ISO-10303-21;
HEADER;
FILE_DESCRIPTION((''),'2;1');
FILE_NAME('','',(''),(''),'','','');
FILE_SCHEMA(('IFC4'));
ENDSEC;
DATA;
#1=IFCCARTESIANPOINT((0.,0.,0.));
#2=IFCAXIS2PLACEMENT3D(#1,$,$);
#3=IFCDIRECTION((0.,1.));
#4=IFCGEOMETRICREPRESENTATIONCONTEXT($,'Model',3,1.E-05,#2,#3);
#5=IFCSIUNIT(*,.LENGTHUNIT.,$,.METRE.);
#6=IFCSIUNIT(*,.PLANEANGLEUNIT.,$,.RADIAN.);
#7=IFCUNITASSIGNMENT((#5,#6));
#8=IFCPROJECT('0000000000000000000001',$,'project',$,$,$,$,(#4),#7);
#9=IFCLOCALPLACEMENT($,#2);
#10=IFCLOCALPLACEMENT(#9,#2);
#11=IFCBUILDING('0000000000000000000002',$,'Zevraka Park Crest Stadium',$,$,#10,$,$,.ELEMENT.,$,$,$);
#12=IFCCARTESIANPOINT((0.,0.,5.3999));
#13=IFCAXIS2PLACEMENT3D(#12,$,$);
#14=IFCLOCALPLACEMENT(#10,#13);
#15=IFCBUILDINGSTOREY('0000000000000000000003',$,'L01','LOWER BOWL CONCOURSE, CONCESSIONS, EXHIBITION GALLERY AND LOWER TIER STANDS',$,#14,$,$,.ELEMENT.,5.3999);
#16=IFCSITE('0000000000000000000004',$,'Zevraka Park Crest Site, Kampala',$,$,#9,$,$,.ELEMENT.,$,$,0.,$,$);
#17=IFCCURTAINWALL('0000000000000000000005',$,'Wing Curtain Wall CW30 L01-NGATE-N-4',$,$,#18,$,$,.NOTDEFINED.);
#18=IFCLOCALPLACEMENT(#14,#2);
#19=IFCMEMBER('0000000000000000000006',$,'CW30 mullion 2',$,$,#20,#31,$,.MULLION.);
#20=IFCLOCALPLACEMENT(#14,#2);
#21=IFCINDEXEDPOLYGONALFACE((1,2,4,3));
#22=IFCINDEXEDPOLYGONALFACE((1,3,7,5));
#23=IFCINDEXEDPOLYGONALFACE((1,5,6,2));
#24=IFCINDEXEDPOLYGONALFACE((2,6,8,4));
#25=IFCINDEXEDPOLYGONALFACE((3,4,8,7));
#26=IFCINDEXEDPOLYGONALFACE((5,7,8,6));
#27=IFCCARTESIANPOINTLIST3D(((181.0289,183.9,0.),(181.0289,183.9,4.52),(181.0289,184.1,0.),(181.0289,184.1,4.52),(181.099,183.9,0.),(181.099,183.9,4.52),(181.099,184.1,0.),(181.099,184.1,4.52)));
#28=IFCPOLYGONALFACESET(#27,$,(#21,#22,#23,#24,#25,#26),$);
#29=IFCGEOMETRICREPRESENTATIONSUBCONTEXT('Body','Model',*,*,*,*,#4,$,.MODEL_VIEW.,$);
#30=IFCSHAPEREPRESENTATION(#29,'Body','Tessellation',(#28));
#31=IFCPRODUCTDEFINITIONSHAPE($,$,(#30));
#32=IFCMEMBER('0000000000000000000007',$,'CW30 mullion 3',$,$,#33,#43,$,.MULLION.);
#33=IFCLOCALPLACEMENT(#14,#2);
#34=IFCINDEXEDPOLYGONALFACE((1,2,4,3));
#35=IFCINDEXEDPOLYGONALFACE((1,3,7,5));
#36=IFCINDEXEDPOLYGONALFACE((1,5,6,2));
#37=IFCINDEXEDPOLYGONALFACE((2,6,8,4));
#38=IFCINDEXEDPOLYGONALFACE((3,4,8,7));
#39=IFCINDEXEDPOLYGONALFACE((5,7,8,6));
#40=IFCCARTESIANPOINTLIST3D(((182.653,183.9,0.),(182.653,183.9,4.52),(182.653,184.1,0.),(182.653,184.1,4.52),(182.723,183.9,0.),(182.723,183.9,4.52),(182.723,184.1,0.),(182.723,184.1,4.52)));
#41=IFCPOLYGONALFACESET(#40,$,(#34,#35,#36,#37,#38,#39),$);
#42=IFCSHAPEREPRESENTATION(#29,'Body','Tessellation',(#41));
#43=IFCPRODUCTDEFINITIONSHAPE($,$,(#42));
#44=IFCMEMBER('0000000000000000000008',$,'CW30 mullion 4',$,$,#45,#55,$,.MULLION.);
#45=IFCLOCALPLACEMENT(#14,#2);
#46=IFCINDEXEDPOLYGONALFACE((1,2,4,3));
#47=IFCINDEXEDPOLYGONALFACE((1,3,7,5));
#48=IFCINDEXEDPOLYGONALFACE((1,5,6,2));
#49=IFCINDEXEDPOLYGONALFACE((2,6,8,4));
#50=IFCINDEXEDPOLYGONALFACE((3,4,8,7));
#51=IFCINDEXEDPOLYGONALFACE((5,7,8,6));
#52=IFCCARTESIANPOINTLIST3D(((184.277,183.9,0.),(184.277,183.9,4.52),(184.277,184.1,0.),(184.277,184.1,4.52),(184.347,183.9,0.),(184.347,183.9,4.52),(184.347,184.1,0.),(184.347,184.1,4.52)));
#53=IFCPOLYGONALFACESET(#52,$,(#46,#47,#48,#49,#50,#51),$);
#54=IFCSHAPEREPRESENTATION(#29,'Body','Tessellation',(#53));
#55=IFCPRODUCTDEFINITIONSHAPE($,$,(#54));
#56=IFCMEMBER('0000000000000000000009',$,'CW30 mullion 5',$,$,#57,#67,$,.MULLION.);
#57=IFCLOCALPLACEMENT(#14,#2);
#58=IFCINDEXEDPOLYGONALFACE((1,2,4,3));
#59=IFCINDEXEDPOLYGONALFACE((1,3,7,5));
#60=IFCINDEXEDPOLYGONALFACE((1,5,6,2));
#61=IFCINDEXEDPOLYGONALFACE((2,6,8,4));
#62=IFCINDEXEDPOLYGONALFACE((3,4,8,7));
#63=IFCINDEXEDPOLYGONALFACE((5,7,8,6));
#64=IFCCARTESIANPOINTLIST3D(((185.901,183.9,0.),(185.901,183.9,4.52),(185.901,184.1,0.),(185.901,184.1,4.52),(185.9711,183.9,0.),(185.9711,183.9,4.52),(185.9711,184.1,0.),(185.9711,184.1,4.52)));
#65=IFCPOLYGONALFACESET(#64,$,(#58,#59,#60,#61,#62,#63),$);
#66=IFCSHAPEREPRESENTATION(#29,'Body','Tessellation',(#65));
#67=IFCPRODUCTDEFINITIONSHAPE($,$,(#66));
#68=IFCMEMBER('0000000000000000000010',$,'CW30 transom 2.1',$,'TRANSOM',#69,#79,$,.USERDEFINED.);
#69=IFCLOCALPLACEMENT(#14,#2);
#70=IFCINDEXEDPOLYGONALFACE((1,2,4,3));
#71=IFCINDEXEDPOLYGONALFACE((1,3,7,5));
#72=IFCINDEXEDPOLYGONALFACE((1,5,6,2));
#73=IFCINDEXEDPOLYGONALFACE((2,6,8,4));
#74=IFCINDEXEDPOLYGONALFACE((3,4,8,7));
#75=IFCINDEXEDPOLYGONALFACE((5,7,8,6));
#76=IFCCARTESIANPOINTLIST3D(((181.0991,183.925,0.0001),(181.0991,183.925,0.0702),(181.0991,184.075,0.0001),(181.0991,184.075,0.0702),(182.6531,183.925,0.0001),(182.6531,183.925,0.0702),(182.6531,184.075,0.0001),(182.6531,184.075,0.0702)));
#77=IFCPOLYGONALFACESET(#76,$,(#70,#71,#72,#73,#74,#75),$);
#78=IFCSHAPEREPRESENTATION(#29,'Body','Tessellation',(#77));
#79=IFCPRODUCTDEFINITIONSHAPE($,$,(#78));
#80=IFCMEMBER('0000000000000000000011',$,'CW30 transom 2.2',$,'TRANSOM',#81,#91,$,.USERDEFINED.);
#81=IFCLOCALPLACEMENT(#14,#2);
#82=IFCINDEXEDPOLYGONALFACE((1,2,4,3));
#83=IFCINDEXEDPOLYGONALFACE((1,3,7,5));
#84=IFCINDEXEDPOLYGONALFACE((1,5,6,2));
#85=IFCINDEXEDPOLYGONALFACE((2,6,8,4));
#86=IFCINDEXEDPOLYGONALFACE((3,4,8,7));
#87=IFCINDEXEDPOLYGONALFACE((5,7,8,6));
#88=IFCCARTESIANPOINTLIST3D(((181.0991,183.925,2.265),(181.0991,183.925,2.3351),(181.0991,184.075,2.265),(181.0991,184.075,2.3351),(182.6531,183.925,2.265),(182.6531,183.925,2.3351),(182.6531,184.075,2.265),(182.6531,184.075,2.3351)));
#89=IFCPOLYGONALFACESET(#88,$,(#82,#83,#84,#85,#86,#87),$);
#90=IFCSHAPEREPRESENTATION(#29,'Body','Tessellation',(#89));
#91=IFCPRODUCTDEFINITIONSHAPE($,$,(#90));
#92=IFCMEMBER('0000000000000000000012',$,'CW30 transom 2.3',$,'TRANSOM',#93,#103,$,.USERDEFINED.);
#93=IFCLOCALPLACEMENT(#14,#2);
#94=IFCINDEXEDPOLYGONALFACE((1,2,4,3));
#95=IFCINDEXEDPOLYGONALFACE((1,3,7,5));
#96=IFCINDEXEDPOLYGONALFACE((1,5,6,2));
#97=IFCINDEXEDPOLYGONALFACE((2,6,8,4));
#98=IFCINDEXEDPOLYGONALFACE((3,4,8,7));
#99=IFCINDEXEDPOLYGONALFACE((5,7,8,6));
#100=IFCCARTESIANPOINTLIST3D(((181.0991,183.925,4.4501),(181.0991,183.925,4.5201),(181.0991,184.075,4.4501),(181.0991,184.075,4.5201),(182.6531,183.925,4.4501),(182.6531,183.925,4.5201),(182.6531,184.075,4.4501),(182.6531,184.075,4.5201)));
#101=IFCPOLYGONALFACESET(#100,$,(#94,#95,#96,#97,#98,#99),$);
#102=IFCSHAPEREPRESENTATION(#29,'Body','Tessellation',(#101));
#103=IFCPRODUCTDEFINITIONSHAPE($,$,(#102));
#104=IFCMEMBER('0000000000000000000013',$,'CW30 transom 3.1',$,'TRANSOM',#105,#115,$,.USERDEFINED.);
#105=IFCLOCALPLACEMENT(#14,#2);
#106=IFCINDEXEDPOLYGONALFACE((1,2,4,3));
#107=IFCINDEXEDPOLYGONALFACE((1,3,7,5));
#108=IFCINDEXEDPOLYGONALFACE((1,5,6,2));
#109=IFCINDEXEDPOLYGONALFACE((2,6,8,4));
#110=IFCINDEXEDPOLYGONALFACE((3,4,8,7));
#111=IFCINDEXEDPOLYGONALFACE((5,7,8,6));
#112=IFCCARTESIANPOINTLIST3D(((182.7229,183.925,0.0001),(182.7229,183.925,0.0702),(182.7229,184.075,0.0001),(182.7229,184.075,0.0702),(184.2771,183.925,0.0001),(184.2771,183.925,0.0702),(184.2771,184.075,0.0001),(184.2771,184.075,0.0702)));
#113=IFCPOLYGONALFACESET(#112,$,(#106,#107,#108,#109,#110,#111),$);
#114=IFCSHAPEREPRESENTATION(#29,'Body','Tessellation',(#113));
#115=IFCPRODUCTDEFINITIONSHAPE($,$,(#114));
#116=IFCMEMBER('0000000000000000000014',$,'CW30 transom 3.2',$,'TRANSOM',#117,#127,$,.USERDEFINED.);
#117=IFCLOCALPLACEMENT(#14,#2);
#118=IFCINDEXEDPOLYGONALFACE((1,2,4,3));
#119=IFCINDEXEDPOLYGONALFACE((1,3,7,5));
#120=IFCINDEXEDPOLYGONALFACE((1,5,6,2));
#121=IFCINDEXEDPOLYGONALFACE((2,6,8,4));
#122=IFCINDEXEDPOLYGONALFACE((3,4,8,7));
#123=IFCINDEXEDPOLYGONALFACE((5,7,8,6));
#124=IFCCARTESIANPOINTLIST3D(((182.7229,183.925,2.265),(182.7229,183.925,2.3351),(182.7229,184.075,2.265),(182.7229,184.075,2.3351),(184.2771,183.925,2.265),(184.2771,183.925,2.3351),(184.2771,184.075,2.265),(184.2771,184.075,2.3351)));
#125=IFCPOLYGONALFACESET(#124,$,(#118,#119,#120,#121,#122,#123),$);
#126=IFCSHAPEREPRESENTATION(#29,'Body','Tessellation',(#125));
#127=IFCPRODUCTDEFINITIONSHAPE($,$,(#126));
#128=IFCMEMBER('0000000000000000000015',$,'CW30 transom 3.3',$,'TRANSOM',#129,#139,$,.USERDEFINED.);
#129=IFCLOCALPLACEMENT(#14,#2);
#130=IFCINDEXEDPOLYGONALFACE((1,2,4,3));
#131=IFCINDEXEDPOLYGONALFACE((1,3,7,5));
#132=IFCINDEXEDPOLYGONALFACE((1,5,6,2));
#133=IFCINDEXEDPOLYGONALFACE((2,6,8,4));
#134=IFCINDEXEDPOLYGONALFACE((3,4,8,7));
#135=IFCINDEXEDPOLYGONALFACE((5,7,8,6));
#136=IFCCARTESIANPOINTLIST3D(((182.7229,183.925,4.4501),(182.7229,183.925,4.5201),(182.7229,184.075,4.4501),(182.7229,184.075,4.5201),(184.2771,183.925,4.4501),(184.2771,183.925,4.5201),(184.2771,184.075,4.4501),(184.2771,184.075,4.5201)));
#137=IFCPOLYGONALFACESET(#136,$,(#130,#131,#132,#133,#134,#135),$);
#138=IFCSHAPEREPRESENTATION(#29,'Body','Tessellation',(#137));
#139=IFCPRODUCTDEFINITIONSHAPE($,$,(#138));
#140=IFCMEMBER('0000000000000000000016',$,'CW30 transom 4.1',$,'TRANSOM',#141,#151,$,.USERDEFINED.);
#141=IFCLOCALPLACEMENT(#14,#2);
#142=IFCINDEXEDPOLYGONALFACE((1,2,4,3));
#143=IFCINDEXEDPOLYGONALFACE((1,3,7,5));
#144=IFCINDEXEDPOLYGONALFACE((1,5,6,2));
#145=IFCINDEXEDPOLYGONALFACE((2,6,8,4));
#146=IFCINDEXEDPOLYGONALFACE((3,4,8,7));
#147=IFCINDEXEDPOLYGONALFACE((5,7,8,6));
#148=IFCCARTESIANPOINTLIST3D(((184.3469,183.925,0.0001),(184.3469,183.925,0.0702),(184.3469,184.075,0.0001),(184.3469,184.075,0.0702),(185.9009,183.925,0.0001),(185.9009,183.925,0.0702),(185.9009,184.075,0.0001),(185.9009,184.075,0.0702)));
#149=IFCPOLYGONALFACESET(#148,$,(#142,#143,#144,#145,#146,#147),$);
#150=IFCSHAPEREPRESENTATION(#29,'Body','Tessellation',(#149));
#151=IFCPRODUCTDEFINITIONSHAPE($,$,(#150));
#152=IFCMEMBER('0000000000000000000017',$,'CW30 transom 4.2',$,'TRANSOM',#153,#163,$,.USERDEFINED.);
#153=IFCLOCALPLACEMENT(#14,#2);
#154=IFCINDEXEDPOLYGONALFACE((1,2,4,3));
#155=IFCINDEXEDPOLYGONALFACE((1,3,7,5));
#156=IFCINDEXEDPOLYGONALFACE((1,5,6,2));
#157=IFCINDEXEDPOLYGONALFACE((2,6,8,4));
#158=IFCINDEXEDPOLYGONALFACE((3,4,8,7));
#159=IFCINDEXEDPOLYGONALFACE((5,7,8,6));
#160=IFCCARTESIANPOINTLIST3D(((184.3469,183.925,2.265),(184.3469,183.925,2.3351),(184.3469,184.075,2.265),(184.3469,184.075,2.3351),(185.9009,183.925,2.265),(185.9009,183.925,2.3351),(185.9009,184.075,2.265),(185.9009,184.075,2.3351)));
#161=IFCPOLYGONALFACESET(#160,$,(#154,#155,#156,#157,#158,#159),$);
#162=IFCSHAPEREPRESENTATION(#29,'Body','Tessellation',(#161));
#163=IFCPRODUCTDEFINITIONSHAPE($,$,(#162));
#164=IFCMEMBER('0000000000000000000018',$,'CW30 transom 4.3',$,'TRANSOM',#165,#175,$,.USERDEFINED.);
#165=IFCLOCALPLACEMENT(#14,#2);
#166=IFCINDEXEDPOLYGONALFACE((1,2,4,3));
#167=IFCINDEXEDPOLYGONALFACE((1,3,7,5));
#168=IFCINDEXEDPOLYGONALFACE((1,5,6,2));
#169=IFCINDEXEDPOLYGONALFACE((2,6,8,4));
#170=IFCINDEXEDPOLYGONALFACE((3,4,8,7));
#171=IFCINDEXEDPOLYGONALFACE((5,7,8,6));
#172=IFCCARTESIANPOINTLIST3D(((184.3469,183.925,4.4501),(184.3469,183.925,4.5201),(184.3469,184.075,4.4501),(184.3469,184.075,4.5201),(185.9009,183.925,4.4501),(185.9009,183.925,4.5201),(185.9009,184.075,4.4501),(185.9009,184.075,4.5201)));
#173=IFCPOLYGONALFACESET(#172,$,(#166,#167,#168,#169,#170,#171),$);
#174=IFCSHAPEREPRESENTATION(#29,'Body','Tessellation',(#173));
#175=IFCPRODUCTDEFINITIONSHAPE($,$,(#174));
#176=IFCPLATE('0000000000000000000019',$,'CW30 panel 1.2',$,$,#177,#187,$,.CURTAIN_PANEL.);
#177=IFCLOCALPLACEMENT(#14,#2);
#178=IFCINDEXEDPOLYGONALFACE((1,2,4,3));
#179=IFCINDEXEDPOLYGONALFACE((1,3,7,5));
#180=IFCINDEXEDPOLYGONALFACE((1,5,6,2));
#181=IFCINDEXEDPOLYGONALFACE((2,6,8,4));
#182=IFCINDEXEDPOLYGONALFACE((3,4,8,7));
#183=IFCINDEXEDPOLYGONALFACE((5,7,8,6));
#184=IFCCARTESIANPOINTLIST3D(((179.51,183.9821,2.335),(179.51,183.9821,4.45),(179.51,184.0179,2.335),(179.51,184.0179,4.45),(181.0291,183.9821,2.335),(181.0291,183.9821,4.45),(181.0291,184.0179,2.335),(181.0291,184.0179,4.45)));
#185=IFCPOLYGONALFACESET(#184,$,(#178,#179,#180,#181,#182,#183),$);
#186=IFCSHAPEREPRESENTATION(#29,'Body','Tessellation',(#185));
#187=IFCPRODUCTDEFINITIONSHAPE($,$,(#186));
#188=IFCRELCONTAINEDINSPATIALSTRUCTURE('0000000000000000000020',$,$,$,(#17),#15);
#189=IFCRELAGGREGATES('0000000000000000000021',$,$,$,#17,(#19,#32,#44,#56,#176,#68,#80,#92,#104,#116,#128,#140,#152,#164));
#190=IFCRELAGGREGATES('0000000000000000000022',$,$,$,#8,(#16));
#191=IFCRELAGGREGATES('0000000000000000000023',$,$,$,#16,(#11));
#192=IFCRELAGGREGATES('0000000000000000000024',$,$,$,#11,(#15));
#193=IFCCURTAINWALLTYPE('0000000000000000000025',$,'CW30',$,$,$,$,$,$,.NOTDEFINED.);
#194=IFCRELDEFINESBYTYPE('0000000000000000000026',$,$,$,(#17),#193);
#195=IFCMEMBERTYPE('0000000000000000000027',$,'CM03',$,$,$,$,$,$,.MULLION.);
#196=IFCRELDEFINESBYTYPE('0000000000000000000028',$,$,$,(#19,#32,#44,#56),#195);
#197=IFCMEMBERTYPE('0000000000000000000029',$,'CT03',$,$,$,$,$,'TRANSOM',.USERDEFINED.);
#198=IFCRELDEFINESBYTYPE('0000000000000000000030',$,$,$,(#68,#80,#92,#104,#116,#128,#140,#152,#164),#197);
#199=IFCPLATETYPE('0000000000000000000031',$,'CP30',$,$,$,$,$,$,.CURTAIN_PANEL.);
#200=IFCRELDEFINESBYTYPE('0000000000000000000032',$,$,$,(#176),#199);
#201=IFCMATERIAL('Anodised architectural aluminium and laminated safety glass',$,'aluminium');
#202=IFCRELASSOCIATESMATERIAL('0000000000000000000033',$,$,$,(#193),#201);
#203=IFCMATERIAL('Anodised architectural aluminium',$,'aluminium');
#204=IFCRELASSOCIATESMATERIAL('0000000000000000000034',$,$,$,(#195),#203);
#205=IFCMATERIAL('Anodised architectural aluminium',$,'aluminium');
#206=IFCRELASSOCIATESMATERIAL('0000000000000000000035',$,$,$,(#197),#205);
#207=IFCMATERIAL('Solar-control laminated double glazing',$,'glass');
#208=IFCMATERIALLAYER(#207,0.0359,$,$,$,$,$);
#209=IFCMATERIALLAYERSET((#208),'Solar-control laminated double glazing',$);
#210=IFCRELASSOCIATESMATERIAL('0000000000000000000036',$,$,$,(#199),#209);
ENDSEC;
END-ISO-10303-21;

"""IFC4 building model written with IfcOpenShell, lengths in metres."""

from ifc_helpers import new_model, si_unit, direction, frame, origin, origin_2d, place, context, subcontext, project, spatial, rectangle, extrude, material, layer, layer_set, material_profile, profile_set, type_object, element, aggregate, save


model = new_model("IFC4")

# Units and contexts
model_context = context("Model", 3, precision=1e-05, world=origin(), true_north=direction((0.0, 1.0)))
body_context = subcontext(model_context, "Body", "Model", "MODEL_VIEW")
ifc_project = project(units=[si_unit("LENGTHUNIT", "METRE"), si_unit("PLANEANGLEUNIT", "RADIAN")], contexts=[model_context])

# Site, building, storey
site_placement = place(None, origin())
site = spatial("IfcSite", under=ifc_project, at=site_placement, Name="Zevraka Park Crest Site, Kampala", CompositionType="ELEMENT", RefElevation=0.0)
building_placement = place(site_placement, origin())
building = spatial("IfcBuilding", under=site, at=building_placement, Name="Zevraka Park Crest Stadium", CompositionType="ELEMENT")
storey_placement = place(building_placement, frame((0.0, 0.0, 5.3999)))
storey = spatial("IfcBuildingStorey", under=building, at=storey_placement, Name="L01", Description="LOWER BOWL CONCOURSE, CONCESSIONS, EXHIBITION GALLERY AND LOWER TIER STANDS", CompositionType="ELEMENT", Elevation=5.3999)

# Curtain wall, members, plate
ifc_material_1 = material(Name="Anodised architectural aluminium and laminated safety glass", Category="aluminium")
curtain_wall_type = type_object("IfcCurtainWallType", Name="CW30", PredefinedType="NOTDEFINED", material=ifc_material_1)
curtain_wall_placement = place(storey_placement, origin())
curtain_wall = element("IfcCurtainWall", 1, at=curtain_wall_placement, inside=storey, type_object=curtain_wall_type, Name="Wing Curtain Wall CW30 L01-NGATE-N-4", PredefinedType="NOTDEFINED")
ifc_material_2 = material(Name="Anodised architectural aluminium", Category="aluminium")
ifc_material_profile_1 = material_profile(ifc_material_2, rectangle(XDim=0.2, YDim=0.0701, at=origin_2d()), Name="ALU MULLION 200x70")
ifc_profile_set_1 = profile_set([ifc_material_profile_1], Name="Anodised architectural aluminium")
member_type_1 = type_object("IfcMemberType", Name="CM03", PredefinedType="MULLION", material=ifc_profile_set_1)
member_1_placement = place(storey_placement, frame((181.064, 184.0, 0.0), z_axis=(0.0, 0.0, 1.0), x_axis=(0.0, 1.0, 0.0)))
member_1 = element("IfcMember", 2, at=member_1_placement, type_object=member_type_1, Name="CW30 mullion 2", PredefinedType="MULLION", context=body_context, shape_type="SweptSolid", body=[
    extrude(rectangle(XDim=0.2, YDim=0.0701, at=origin_2d()), origin(), (0.0, 0.0, 1.0), 4.52),
])
member_2_placement = place(storey_placement, frame((182.688, 184.0, 0.0), z_axis=(0.0, 0.0, 1.0), x_axis=(0.0, 1.0, 0.0)))
member_2 = element("IfcMember", 3, at=member_2_placement, type_object=member_type_1, Name="CW30 mullion 3", PredefinedType="MULLION", context=body_context, shape_type="SweptSolid", body=[
    extrude(rectangle(XDim=0.2, YDim=0.0701, at=origin_2d()), origin(), (0.0, 0.0, 1.0), 4.52),
])
member_3_placement = place(storey_placement, frame((184.312, 184.0, 0.0), z_axis=(0.0, 0.0, 1.0), x_axis=(0.0, 1.0, 0.0)))
member_3 = element("IfcMember", 4, at=member_3_placement, type_object=member_type_1, Name="CW30 mullion 4", PredefinedType="MULLION", context=body_context, shape_type="SweptSolid", body=[
    extrude(rectangle(XDim=0.2, YDim=0.0701, at=origin_2d()), origin(), (0.0, 0.0, 1.0), 4.52),
])
member_4_placement = place(storey_placement, frame((185.936, 184.0, 0.0), z_axis=(0.0, 0.0, 1.0), x_axis=(0.0, 1.0, 0.0)))
member_4 = element("IfcMember", 5, at=member_4_placement, type_object=member_type_1, Name="CW30 mullion 5", PredefinedType="MULLION", context=body_context, shape_type="SweptSolid", body=[
    extrude(rectangle(XDim=0.2, YDim=0.0701, at=origin_2d()), origin(), (0.0, 0.0, 1.0), 4.52),
])
ifc_material_3 = material(Name="Anodised architectural aluminium", Category="aluminium")
ifc_material_profile_2 = material_profile(ifc_material_3, rectangle(XDim=0.1499, YDim=0.0701, at=origin_2d()), Name="ALU TRANSOM 150x70")
ifc_profile_set_2 = profile_set([ifc_material_profile_2], Name="Anodised architectural aluminium")
member_type_2 = type_object("IfcMemberType", Name="CT03", ElementType="TRANSOM", PredefinedType="USERDEFINED", material=ifc_profile_set_2)
member_5_placement = place(storey_placement, frame((181.0991, 184.0, 0.0352), z_axis=(1.0, 0.0, 0.0), x_axis=(0.0, 1.0, 0.0)))
member_5 = element("IfcMember", 6, at=member_5_placement, type_object=member_type_2, Name="CW30 transom 2.1", ObjectType="TRANSOM", PredefinedType="USERDEFINED", context=body_context, shape_type="SweptSolid", body=[
    extrude(rectangle(XDim=0.1499, YDim=0.0701, at=origin_2d()), origin(), (0.0, 0.0, 1.0), 1.554),
])
member_6_placement = place(storey_placement, frame((181.0991, 184.0, 2.3), z_axis=(1.0, 0.0, 0.0), x_axis=(0.0, 1.0, 0.0)))
member_6 = element("IfcMember", 7, at=member_6_placement, type_object=member_type_2, Name="CW30 transom 2.2", ObjectType="TRANSOM", PredefinedType="USERDEFINED", context=body_context, shape_type="SweptSolid", body=[
    extrude(rectangle(XDim=0.1499, YDim=0.0701, at=origin_2d()), origin(), (0.0, 0.0, 1.0), 1.554),
])
member_7_placement = place(storey_placement, frame((181.0991, 184.0, 4.4851), z_axis=(1.0, 0.0, 0.0), x_axis=(0.0, 1.0, 0.0)))
member_7 = element("IfcMember", 8, at=member_7_placement, type_object=member_type_2, Name="CW30 transom 2.3", ObjectType="TRANSOM", PredefinedType="USERDEFINED", context=body_context, shape_type="SweptSolid", body=[
    extrude(rectangle(XDim=0.1499, YDim=0.0701, at=origin_2d()), origin(), (0.0, 0.0, 1.0), 1.554),
])
member_8_placement = place(storey_placement, frame((182.7229, 184.0, 0.0352), z_axis=(1.0, 0.0, 0.0), x_axis=(0.0, 1.0, 0.0)))
member_8 = element("IfcMember", 9, at=member_8_placement, type_object=member_type_2, Name="CW30 transom 3.1", ObjectType="TRANSOM", PredefinedType="USERDEFINED", context=body_context, shape_type="SweptSolid", body=[
    extrude(rectangle(XDim=0.1499, YDim=0.0701, at=origin_2d()), origin(), (0.0, 0.0, 1.0), 1.5542),
])
member_9_placement = place(storey_placement, frame((182.7229, 184.0, 2.3), z_axis=(1.0, 0.0, 0.0), x_axis=(0.0, 1.0, 0.0)))
member_9 = element("IfcMember", 10, at=member_9_placement, type_object=member_type_2, Name="CW30 transom 3.2", ObjectType="TRANSOM", PredefinedType="USERDEFINED", context=body_context, shape_type="SweptSolid", body=[
    extrude(rectangle(XDim=0.1499, YDim=0.0701, at=origin_2d()), origin(), (0.0, 0.0, 1.0), 1.5542),
])
member_10_placement = place(storey_placement, frame((182.7229, 184.0, 4.4851), z_axis=(1.0, 0.0, 0.0), x_axis=(0.0, 1.0, 0.0)))
member_10 = element("IfcMember", 11, at=member_10_placement, type_object=member_type_2, Name="CW30 transom 3.3", ObjectType="TRANSOM", PredefinedType="USERDEFINED", context=body_context, shape_type="SweptSolid", body=[
    extrude(rectangle(XDim=0.1499, YDim=0.0701, at=origin_2d()), origin(), (0.0, 0.0, 1.0), 1.5542),
])
member_11_placement = place(storey_placement, frame((184.3469, 184.0, 0.0352), z_axis=(1.0, 0.0, 0.0), x_axis=(0.0, 1.0, 0.0)))
member_11 = element("IfcMember", 12, at=member_11_placement, type_object=member_type_2, Name="CW30 transom 4.1", ObjectType="TRANSOM", PredefinedType="USERDEFINED", context=body_context, shape_type="SweptSolid", body=[
    extrude(rectangle(XDim=0.1499, YDim=0.0701, at=origin_2d()), origin(), (0.0, 0.0, 1.0), 1.554),
])
member_12_placement = place(storey_placement, frame((184.3469, 184.0, 2.3), z_axis=(1.0, 0.0, 0.0), x_axis=(0.0, 1.0, 0.0)))
member_12 = element("IfcMember", 13, at=member_12_placement, type_object=member_type_2, Name="CW30 transom 4.2", ObjectType="TRANSOM", PredefinedType="USERDEFINED", context=body_context, shape_type="SweptSolid", body=[
    extrude(rectangle(XDim=0.1499, YDim=0.0701, at=origin_2d()), origin(), (0.0, 0.0, 1.0), 1.554),
])
member_13_placement = place(storey_placement, frame((184.3469, 184.0, 4.4851), z_axis=(1.0, 0.0, 0.0), x_axis=(0.0, 1.0, 0.0)))
member_13 = element("IfcMember", 14, at=member_13_placement, type_object=member_type_2, Name="CW30 transom 4.3", ObjectType="TRANSOM", PredefinedType="USERDEFINED", context=body_context, shape_type="SweptSolid", body=[
    extrude(rectangle(XDim=0.1499, YDim=0.0701, at=origin_2d()), origin(), (0.0, 0.0, 1.0), 1.554),
])
ifc_material_4 = material(Name="Solar-control laminated double glazing", Category="glass")
ifc_layer_1 = layer(ifc_material_4, 0.0359)
ifc_layer_set_1 = layer_set([ifc_layer_1], Name="Solar-control laminated double glazing")
plate_type = type_object("IfcPlateType", Name="CP30", PredefinedType="CURTAIN_PANEL", material=ifc_layer_set_1)
plate_1_placement = place(storey_placement, frame((180.2695, 184.0, 2.335), z_axis=(0.0, 0.0, 1.0), x_axis=(1.0, 0.0, 0.0)))
plate_1 = element("IfcPlate", 15, at=plate_1_placement, type_object=plate_type, Name="CW30 panel 1.2", PredefinedType="CURTAIN_PANEL", context=body_context, shape_type="SweptSolid", body=[
    extrude(rectangle(XDim=1.519, YDim=0.0359, at=origin_2d()), origin(), (0.0, 0.0, 1.0), 2.115),
])
aggregate(curtain_wall, [member_1, member_2, member_3, member_4, plate_1, member_5, member_6, member_7, member_8, member_9, member_10, member_11, member_12, member_13])

save(model, "model.ifc")
